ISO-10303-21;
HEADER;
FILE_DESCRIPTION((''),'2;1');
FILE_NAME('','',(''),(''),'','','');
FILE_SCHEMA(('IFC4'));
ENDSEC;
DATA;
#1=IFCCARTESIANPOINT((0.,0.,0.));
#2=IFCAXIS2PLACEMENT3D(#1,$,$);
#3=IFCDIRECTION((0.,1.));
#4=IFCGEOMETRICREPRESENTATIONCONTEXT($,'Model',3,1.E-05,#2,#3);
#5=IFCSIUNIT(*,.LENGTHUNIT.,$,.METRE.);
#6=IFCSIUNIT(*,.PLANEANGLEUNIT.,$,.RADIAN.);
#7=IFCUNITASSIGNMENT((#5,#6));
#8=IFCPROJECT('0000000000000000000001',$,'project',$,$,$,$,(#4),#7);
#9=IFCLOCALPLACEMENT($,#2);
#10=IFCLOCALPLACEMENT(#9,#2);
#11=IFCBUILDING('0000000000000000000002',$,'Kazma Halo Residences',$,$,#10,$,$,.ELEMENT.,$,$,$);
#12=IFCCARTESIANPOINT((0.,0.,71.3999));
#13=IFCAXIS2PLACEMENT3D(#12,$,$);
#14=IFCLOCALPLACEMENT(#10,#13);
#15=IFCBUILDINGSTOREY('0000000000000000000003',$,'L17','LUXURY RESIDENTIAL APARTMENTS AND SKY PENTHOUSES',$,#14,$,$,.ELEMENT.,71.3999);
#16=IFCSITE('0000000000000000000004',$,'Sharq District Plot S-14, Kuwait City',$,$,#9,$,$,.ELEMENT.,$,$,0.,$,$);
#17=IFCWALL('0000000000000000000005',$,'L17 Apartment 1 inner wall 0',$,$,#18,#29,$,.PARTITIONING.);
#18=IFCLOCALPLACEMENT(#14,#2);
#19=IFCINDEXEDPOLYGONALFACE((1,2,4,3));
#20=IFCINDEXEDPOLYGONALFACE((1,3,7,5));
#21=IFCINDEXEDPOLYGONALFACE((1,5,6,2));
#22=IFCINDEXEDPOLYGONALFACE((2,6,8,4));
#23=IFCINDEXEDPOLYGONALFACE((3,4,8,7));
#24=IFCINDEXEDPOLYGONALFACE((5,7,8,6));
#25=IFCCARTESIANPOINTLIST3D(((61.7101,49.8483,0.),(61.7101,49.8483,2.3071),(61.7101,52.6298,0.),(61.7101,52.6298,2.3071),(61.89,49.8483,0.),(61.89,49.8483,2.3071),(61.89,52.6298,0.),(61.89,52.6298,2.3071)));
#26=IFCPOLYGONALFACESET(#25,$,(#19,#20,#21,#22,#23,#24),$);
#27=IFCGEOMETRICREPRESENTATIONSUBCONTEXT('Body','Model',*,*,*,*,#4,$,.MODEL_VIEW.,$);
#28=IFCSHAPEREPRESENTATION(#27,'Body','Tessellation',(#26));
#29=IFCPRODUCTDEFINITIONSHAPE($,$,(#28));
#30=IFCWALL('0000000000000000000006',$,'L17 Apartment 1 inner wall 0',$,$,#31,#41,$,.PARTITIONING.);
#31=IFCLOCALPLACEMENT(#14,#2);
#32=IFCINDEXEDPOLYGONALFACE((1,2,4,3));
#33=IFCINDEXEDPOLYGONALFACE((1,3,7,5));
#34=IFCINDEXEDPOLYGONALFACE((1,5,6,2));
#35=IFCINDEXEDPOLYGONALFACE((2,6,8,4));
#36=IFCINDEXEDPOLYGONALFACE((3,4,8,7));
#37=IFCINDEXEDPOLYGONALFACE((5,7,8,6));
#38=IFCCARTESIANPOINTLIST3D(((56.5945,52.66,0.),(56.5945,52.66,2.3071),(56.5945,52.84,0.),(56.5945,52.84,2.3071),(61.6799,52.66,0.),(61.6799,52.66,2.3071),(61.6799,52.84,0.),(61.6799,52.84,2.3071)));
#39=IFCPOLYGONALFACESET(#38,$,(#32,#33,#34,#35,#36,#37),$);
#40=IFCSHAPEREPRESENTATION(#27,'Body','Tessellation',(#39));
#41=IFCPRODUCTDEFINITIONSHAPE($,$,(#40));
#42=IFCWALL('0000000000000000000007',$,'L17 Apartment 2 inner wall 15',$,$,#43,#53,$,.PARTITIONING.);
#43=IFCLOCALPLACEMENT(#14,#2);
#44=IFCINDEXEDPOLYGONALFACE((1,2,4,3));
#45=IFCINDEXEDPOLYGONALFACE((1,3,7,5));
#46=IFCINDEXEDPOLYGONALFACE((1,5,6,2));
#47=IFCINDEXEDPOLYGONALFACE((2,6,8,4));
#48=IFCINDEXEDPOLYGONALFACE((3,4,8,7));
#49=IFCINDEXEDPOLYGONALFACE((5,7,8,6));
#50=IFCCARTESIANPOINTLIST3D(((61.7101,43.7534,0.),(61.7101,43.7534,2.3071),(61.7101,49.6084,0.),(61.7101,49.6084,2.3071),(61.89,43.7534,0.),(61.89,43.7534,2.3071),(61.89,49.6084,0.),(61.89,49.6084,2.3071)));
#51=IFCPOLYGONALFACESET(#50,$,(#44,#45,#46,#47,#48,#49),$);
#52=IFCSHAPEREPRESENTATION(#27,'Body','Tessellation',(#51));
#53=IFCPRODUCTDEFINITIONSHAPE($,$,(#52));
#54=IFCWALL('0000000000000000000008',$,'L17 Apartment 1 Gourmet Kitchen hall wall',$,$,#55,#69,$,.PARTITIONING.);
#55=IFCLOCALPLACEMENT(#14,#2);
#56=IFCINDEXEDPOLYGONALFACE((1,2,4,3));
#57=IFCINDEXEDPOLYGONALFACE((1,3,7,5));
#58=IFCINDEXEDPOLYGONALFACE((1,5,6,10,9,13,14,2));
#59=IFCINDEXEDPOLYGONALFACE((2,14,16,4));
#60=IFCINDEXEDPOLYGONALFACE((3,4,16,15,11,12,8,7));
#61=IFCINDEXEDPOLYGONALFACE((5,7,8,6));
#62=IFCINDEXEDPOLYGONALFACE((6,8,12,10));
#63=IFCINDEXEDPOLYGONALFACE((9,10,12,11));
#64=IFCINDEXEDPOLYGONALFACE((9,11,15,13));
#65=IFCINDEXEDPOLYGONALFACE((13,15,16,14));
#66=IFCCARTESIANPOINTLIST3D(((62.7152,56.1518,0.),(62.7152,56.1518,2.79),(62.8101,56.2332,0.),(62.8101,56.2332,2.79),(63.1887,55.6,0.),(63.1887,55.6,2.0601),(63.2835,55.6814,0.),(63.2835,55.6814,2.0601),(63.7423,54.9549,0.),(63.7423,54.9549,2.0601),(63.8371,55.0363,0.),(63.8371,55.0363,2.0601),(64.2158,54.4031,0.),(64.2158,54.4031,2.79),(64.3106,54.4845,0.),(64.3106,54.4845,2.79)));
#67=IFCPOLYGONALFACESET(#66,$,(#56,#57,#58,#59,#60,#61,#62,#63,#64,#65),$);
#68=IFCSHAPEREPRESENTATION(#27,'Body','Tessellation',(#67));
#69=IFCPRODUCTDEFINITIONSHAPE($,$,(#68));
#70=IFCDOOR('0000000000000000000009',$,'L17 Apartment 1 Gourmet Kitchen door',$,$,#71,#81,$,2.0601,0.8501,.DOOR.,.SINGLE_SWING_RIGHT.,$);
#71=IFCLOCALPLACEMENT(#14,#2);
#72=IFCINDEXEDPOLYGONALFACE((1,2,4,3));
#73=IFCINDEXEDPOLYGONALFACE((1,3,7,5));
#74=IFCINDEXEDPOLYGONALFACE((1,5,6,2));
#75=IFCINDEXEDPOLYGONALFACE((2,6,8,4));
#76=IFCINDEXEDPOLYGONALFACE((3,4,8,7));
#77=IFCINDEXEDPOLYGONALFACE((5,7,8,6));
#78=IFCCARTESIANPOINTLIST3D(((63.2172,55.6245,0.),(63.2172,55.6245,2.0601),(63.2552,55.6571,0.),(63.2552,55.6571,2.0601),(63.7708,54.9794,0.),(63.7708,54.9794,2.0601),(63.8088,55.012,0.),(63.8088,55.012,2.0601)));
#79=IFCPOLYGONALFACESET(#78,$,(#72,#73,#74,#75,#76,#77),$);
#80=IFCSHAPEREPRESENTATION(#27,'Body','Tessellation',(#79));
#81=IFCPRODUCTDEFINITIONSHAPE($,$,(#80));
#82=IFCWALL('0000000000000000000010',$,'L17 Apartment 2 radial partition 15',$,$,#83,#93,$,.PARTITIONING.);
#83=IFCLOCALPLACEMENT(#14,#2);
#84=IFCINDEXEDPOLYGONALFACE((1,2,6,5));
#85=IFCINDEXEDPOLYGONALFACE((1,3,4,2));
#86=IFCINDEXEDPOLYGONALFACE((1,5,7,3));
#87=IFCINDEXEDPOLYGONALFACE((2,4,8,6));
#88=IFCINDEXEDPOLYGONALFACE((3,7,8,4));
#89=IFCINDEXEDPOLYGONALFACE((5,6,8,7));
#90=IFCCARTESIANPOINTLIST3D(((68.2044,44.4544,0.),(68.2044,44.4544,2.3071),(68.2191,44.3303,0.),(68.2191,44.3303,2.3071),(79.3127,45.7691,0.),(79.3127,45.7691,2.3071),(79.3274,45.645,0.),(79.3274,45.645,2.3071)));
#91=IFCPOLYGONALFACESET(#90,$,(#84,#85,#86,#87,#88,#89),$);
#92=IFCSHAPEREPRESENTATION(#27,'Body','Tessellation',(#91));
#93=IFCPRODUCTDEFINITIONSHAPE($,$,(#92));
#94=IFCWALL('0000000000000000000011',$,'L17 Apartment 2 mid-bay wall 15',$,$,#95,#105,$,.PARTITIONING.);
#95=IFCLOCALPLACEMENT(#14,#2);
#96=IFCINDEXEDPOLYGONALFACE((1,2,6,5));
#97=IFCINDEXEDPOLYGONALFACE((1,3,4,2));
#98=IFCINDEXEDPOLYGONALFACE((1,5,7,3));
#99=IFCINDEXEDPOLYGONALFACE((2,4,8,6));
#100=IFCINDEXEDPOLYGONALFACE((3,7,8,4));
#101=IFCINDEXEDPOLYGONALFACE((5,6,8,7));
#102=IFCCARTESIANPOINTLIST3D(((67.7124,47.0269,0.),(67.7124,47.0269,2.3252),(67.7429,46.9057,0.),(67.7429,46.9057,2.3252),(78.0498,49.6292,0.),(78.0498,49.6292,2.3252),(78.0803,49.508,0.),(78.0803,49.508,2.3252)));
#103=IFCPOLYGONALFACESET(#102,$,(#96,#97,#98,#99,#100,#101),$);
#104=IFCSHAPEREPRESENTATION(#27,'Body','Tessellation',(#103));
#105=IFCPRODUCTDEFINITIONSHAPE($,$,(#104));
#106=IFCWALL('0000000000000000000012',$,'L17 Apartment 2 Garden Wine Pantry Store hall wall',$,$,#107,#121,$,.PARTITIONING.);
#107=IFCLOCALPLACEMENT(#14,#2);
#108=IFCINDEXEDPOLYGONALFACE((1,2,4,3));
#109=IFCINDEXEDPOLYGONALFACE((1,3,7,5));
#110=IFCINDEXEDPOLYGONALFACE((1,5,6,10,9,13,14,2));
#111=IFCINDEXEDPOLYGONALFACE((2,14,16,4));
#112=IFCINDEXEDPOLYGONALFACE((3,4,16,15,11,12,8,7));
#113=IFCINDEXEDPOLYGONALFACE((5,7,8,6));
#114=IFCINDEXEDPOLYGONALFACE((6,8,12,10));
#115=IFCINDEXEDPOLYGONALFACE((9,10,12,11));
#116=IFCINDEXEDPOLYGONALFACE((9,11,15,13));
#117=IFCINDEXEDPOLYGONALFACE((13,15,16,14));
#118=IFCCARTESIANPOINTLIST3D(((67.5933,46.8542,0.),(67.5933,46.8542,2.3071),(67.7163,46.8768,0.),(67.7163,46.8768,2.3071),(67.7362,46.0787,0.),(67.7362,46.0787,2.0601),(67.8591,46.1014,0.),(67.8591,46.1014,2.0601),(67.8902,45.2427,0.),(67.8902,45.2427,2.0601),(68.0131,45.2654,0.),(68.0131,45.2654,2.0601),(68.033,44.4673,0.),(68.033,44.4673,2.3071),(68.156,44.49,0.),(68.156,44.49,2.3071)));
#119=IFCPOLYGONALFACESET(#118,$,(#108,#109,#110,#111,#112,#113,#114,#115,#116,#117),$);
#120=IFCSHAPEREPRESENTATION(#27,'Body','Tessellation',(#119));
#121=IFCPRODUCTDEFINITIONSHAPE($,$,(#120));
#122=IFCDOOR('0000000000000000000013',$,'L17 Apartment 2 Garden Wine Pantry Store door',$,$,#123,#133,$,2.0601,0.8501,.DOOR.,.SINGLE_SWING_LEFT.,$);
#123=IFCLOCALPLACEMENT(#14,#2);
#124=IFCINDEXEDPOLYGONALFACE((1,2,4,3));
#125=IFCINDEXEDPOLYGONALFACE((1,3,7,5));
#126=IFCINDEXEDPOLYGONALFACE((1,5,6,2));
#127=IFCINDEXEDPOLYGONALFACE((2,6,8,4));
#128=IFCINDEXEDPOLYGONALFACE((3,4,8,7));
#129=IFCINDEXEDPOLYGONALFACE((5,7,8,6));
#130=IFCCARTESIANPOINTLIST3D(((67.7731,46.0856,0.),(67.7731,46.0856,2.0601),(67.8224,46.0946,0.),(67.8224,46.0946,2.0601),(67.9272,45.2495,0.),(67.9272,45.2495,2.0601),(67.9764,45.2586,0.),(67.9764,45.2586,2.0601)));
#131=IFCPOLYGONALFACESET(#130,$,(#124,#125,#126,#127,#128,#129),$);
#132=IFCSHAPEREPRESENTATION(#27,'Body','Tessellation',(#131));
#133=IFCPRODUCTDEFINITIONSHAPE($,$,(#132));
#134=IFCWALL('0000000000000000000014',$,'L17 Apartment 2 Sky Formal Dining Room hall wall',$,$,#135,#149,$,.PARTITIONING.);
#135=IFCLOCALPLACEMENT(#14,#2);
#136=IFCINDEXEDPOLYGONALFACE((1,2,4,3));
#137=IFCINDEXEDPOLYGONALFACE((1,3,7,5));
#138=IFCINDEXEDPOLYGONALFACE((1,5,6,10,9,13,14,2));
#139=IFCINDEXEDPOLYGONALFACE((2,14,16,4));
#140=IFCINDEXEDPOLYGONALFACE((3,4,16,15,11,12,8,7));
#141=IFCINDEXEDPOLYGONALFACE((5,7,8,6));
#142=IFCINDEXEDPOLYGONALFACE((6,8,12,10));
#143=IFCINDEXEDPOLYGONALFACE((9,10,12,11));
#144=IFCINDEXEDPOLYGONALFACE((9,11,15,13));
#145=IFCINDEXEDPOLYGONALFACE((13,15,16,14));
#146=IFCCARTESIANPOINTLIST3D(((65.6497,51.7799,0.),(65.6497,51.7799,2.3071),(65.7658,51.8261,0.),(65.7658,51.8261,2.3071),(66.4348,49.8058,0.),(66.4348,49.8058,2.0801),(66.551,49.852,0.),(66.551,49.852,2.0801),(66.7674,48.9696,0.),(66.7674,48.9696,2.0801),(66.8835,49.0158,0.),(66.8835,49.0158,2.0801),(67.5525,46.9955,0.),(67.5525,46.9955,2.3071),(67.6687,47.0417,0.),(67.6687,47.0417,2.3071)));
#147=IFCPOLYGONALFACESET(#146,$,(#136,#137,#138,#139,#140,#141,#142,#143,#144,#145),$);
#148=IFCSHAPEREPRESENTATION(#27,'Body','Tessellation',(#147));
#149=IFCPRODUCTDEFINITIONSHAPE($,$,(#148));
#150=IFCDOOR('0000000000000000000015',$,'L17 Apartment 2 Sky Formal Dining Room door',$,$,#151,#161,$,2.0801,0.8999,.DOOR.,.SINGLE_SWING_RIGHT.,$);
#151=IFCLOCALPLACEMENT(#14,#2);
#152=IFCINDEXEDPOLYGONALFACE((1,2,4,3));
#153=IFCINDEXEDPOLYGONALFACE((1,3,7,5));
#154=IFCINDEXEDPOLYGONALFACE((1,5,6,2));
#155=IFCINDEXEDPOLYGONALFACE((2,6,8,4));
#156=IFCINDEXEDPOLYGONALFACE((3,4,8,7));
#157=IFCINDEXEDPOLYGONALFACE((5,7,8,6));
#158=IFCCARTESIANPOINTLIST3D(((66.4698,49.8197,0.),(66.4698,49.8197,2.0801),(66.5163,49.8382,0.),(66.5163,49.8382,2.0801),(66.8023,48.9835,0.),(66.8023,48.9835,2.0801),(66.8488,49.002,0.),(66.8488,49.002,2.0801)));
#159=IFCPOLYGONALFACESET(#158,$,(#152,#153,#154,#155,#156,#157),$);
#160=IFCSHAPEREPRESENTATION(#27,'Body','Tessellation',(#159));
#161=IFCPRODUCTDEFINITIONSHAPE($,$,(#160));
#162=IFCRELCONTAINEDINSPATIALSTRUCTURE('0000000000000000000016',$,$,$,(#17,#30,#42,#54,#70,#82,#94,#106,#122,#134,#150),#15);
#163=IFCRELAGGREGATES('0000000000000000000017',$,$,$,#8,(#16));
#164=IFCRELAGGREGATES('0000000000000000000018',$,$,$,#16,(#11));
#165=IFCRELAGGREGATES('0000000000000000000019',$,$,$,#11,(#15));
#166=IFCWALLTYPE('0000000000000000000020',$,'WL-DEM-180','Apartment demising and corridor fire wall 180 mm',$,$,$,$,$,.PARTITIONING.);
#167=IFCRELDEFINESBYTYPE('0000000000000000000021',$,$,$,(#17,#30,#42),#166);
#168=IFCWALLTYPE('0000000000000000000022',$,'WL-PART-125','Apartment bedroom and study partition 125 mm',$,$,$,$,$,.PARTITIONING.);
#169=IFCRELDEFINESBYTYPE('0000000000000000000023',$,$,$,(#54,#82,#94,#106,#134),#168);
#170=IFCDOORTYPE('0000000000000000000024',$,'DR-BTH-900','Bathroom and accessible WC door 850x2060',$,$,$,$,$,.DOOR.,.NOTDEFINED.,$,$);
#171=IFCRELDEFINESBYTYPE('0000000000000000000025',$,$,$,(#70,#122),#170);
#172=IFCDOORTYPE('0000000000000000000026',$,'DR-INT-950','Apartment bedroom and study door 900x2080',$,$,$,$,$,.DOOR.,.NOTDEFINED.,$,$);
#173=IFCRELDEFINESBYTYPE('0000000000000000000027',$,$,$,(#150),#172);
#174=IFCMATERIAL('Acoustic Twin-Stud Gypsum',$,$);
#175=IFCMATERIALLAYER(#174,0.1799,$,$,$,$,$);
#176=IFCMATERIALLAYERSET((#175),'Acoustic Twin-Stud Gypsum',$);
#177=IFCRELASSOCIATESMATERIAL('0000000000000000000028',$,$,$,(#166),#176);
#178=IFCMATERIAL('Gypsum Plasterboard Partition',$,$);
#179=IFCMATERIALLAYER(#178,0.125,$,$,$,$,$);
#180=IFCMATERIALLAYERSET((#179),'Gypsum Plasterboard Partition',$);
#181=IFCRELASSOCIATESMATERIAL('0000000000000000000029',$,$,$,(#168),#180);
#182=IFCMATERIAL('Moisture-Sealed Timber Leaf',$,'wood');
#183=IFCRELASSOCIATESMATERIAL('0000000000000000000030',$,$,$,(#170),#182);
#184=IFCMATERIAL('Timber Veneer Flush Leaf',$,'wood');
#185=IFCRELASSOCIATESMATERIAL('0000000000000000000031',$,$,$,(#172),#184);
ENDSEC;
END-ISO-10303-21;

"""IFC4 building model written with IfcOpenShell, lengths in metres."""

from ifc_helpers import new_model, si_unit, direction, frame, frame_2d, origin, place, context, subcontext, project, spatial, rectangle, extrude, material, layer, layer_set, type_object, element, fill, save


model = new_model("IFC4")

# Units and contexts
model_context = context("Model", 3, precision=1e-05, world=origin(), true_north=direction((0.0, 1.0)))
body_context = subcontext(model_context, "Body", "Model", "MODEL_VIEW")
ifc_project = project(units=[si_unit("LENGTHUNIT", "METRE"), si_unit("PLANEANGLEUNIT", "RADIAN")], contexts=[model_context])

# Site, building, storey
site_placement = place(None, origin())
site = spatial("IfcSite", under=ifc_project, at=site_placement, Name="Sharq District Plot S-14, Kuwait City", CompositionType="ELEMENT", RefElevation=0.0)
building_placement = place(site_placement, origin())
building = spatial("IfcBuilding", under=site, at=building_placement, Name="Kazma Halo Residences", CompositionType="ELEMENT")
storey_placement = place(building_placement, frame((0.0, 0.0, 71.3999)))
storey = spatial("IfcBuildingStorey", under=building, at=storey_placement, Name="L17", Description="LUXURY RESIDENTIAL APARTMENTS AND SKY PENTHOUSES", CompositionType="ELEMENT", Elevation=71.3999)

# Walls
ifc_material_1 = material(Name="Acoustic Twin-Stud Gypsum")
ifc_layer_1 = layer(ifc_material_1, 0.1799)
ifc_layer_set_1 = layer_set([ifc_layer_1], Name="Acoustic Twin-Stud Gypsum")
wall_type_1 = type_object("IfcWallType", Name="WL-DEM-180", Description="Apartment demising and corridor fire wall 180 mm", PredefinedType="PARTITIONING", material=ifc_layer_set_1)
wall_1_placement = place(storey_placement, frame((61.8, 49.8484, 0.0), z_axis=(0.0, 0.0, 1.0), x_axis=(0.0, 1.0, 0.0)))
element("IfcWall", 1, at=wall_1_placement, inside=storey, type_object=wall_type_1, Name="L17 Apartment 1 inner wall 0", PredefinedType="PARTITIONING", context=body_context, shape_type="SweptSolid", body=[
    extrude(rectangle(XDim=2.7815, YDim=0.1799, at=frame_2d((1.3906, 0.0))), origin(), (0.0, 0.0, 1.0), 2.3071),
])
wall_2_placement = place(storey_placement, frame((61.6799, 52.75, 0.0), z_axis=(0.0, 0.0, 1.0), x_axis=(-1.0, 0.0, 0.0)))
element("IfcWall", 2, at=wall_2_placement, inside=storey, type_object=wall_type_1, Name="L17 Apartment 1 inner wall 0", PredefinedType="PARTITIONING", context=body_context, shape_type="SweptSolid", body=[
    extrude(rectangle(XDim=5.0854, YDim=0.1799, at=frame_2d((2.5427, 0.0))), origin(), (0.0, 0.0, 1.0), 2.3071),
])
wall_3_placement = place(storey_placement, frame((61.8, 43.7534, 0.0), z_axis=(0.0, 0.0, 1.0), x_axis=(0.0, 1.0, 0.0)))
element("IfcWall", 3, at=wall_3_placement, inside=storey, type_object=wall_type_1, Name="L17 Apartment 2 inner wall 15", PredefinedType="PARTITIONING", context=body_context, shape_type="SweptSolid", body=[
    extrude(rectangle(XDim=5.855, YDim=0.1799, at=frame_2d((2.9275, 0.0))), origin(), (0.0, 0.0, 1.0), 2.3071),
])

# Wall, opening, door
ifc_material_2 = material(Name="Gypsum Plasterboard Partition")
ifc_layer_2 = layer(ifc_material_2, 0.125)
ifc_layer_set_2 = layer_set([ifc_layer_2], Name="Gypsum Plasterboard Partition")
wall_type_2 = type_object("IfcWallType", Name="WL-PART-125", Description="Apartment bedroom and study partition 125 mm", PredefinedType="PARTITIONING", material=ifc_layer_set_2)
wall_4_placement = place(storey_placement, frame((64.2632, 54.4438, 0.0), z_axis=(0.0, 0.0, 1.0), x_axis=(-0.651228, 0.758883, 0.0)))
wall_4 = element("IfcWall", 4, at=wall_4_placement, inside=storey, type_object=wall_type_2, Name="L17 Apartment 1 Gourmet Kitchen hall wall", PredefinedType="PARTITIONING", context=body_context, shape_type="SweptSolid", body=[
    extrude(rectangle(XDim=2.3042, YDim=0.125, at=frame_2d((1.1521, 0.0))), origin(), (0.0, 0.0, 1.0), 2.79),
])
opening_1_placement = place(wall_4_placement, frame((0.7271, 0.0, 0.0)))
opening_1 = element("IfcOpeningElement", 5, at=opening_1_placement, cuts=wall_4, PredefinedType="OPENING", context=body_context, shape_type="SweptSolid", body=[
    extrude(rectangle(XDim=0.8501, YDim=2.0601, at=frame_2d((0.425, 1.03))), frame((0.0, 0.0725, 0.0), z_axis=(0.0, -1.0, 0.0), x_axis=(1.0, 0.0, 0.0)), (0.0, 0.0, 1.0), 0.145),
])
ifc_material_3 = material(Name="Moisture-Sealed Timber Leaf", Category="wood")
door_type_1 = type_object("IfcDoorType", Name="DR-BTH-900", Description="Bathroom and accessible WC door 850x2060", OperationType="NOTDEFINED", PredefinedType="DOOR", material=ifc_material_3)
door_1_placement = place(opening_1_placement, origin())
door_1 = element("IfcDoor", 6, at=door_1_placement, inside=storey, type_object=door_type_1, Name="L17 Apartment 1 Gourmet Kitchen door", OperationType="SINGLE_SWING_RIGHT", OverallHeight=2.0601, OverallWidth=0.8501, PredefinedType="DOOR", context=body_context, shape_type="SweptSolid", body=[
    extrude(rectangle(XDim=0.8501, YDim=2.0601, at=frame_2d((0.425, 1.03))), frame((0.0, 0.0249, 0.0), z_axis=(0.0, -1.0, 0.0), x_axis=(1.0, 0.0, 0.0)), (0.0, 0.0, 1.0), 0.05),
])
fill(opening_1, door_1)

# Walls
wall_5_placement = place(storey_placement, frame((68.2119, 44.3923, 0.0), z_axis=(0.0, 0.0, 1.0), x_axis=(0.993069, 0.117534, 0.0)))
element("IfcWall", 7, at=wall_5_placement, inside=storey, type_object=wall_type_2, Name="L17 Apartment 2 radial partition 15", PredefinedType="PARTITIONING", context=body_context, shape_type="SweptSolid", body=[
    extrude(rectangle(XDim=11.1858, YDim=0.125, at=frame_2d((5.5928, 0.0))), origin(), (0.0, 0.0, 1.0), 2.3071),
])
wall_6_placement = place(storey_placement, frame((67.7275, 46.9663, 0.0), z_axis=(0.0, 0.0, 1.0), x_axis=(0.969745, 0.24412, 0.0)))
element("IfcWall", 8, at=wall_6_placement, inside=storey, type_object=wall_type_2, Name="L17 Apartment 2 mid-bay wall 15", PredefinedType="PARTITIONING", context=body_context, shape_type="SweptSolid", body=[
    extrude(rectangle(XDim=10.6599, YDim=0.125, at=frame_2d((5.3301, 0.0))), origin(), (0.0, 0.0, 1.0), 2.3252),
])

# Walls, openings, doors
wall_7_placement = place(storey_placement, frame((68.0945, 44.4788, 0.0), z_axis=(0.0, 0.0, 1.0), x_axis=(-0.181178, 0.98345, 0.0)))
wall_7 = element("IfcWall", 9, at=wall_7_placement, inside=storey, type_object=wall_type_2, Name="L17 Apartment 2 Garden Wine Pantry Store hall wall", PredefinedType="PARTITIONING", context=body_context, shape_type="SweptSolid", body=[
    extrude(rectangle(XDim=2.427, YDim=0.125, at=frame_2d((1.2134, 0.0))), origin(), (0.0, 0.0, 1.0), 2.3071),
])
opening_2_placement = place(wall_7_placement, frame((0.7883, 0.0, 0.0)))
opening_2 = element("IfcOpeningElement", 10, at=opening_2_placement, cuts=wall_7, PredefinedType="OPENING", context=body_context, shape_type="SweptSolid", body=[
    extrude(rectangle(XDim=0.8501, YDim=2.0601, at=frame_2d((0.425, 1.03))), frame((0.0, 0.0725, 0.0), z_axis=(0.0, -1.0, 0.0), x_axis=(1.0, 0.0, 0.0)), (0.0, 0.0, 1.0), 0.145),
])
door_2_placement = place(opening_2_placement, origin())
door_2 = element("IfcDoor", 11, at=door_2_placement, inside=storey, type_object=door_type_1, Name="L17 Apartment 2 Garden Wine Pantry Store door", OperationType="SINGLE_SWING_LEFT", OverallHeight=2.0601, OverallWidth=0.8501, PredefinedType="DOOR", context=body_context, shape_type="SweptSolid", body=[
    extrude(rectangle(XDim=0.8501, YDim=2.0601, at=frame_2d((0.425, 1.03))), frame((0.0, 0.0249, 0.0), z_axis=(0.0, -1.0, 0.0), x_axis=(1.0, 0.0, 0.0)), (0.0, 0.0, 1.0), 0.05),
])
fill(opening_2, door_2)
wall_8_placement = place(storey_placement, frame((67.6106, 47.0186, 0.0), z_axis=(0.0, 0.0, 1.0), x_axis=(-0.369559, 0.929207, 0.0)))
wall_8 = element("IfcWall", 12, at=wall_8_placement, inside=storey, type_object=wall_type_2, Name="L17 Apartment 2 Sky Formal Dining Room hall wall", PredefinedType="PARTITIONING", context=body_context, shape_type="SweptSolid", body=[
    extrude(rectangle(XDim=5.1489, YDim=0.125, at=frame_2d((2.5745, 0.0))), origin(), (0.0, 0.0, 1.0), 2.3071),
])
opening_3_placement = place(wall_8_placement, frame((2.1245, 0.0, 0.0)))
opening_3 = element("IfcOpeningElement", 13, at=opening_3_placement, cuts=wall_8, PredefinedType="OPENING", context=body_context, shape_type="SweptSolid", body=[
    extrude(rectangle(XDim=0.8999, YDim=2.0801, at=frame_2d((0.45, 1.04))), frame((0.0, 0.0725, 0.0), z_axis=(0.0, -1.0, 0.0), x_axis=(1.0, 0.0, 0.0)), (0.0, 0.0, 1.0), 0.145),
])
ifc_material_4 = material(Name="Timber Veneer Flush Leaf", Category="wood")
door_type_2 = type_object("IfcDoorType", Name="DR-INT-950", Description="Apartment bedroom and study door 900x2080", OperationType="NOTDEFINED", PredefinedType="DOOR", material=ifc_material_4)
door_3_placement = place(opening_3_placement, origin())
door_3 = element("IfcDoor", 14, at=door_3_placement, inside=storey, type_object=door_type_2, Name="L17 Apartment 2 Sky Formal Dining Room door", OperationType="SINGLE_SWING_RIGHT", OverallHeight=2.0801, OverallWidth=0.8999, PredefinedType="DOOR", context=body_context, shape_type="SweptSolid", body=[
    extrude(rectangle(XDim=0.8999, YDim=2.0801, at=frame_2d((0.45, 1.04))), frame((0.0, 0.0249, 0.0), z_axis=(0.0, -1.0, 0.0), x_axis=(1.0, 0.0, 0.0)), (0.0, 0.0, 1.0), 0.05),
])
fill(opening_3, door_3)

save(model, "model.ifc")
